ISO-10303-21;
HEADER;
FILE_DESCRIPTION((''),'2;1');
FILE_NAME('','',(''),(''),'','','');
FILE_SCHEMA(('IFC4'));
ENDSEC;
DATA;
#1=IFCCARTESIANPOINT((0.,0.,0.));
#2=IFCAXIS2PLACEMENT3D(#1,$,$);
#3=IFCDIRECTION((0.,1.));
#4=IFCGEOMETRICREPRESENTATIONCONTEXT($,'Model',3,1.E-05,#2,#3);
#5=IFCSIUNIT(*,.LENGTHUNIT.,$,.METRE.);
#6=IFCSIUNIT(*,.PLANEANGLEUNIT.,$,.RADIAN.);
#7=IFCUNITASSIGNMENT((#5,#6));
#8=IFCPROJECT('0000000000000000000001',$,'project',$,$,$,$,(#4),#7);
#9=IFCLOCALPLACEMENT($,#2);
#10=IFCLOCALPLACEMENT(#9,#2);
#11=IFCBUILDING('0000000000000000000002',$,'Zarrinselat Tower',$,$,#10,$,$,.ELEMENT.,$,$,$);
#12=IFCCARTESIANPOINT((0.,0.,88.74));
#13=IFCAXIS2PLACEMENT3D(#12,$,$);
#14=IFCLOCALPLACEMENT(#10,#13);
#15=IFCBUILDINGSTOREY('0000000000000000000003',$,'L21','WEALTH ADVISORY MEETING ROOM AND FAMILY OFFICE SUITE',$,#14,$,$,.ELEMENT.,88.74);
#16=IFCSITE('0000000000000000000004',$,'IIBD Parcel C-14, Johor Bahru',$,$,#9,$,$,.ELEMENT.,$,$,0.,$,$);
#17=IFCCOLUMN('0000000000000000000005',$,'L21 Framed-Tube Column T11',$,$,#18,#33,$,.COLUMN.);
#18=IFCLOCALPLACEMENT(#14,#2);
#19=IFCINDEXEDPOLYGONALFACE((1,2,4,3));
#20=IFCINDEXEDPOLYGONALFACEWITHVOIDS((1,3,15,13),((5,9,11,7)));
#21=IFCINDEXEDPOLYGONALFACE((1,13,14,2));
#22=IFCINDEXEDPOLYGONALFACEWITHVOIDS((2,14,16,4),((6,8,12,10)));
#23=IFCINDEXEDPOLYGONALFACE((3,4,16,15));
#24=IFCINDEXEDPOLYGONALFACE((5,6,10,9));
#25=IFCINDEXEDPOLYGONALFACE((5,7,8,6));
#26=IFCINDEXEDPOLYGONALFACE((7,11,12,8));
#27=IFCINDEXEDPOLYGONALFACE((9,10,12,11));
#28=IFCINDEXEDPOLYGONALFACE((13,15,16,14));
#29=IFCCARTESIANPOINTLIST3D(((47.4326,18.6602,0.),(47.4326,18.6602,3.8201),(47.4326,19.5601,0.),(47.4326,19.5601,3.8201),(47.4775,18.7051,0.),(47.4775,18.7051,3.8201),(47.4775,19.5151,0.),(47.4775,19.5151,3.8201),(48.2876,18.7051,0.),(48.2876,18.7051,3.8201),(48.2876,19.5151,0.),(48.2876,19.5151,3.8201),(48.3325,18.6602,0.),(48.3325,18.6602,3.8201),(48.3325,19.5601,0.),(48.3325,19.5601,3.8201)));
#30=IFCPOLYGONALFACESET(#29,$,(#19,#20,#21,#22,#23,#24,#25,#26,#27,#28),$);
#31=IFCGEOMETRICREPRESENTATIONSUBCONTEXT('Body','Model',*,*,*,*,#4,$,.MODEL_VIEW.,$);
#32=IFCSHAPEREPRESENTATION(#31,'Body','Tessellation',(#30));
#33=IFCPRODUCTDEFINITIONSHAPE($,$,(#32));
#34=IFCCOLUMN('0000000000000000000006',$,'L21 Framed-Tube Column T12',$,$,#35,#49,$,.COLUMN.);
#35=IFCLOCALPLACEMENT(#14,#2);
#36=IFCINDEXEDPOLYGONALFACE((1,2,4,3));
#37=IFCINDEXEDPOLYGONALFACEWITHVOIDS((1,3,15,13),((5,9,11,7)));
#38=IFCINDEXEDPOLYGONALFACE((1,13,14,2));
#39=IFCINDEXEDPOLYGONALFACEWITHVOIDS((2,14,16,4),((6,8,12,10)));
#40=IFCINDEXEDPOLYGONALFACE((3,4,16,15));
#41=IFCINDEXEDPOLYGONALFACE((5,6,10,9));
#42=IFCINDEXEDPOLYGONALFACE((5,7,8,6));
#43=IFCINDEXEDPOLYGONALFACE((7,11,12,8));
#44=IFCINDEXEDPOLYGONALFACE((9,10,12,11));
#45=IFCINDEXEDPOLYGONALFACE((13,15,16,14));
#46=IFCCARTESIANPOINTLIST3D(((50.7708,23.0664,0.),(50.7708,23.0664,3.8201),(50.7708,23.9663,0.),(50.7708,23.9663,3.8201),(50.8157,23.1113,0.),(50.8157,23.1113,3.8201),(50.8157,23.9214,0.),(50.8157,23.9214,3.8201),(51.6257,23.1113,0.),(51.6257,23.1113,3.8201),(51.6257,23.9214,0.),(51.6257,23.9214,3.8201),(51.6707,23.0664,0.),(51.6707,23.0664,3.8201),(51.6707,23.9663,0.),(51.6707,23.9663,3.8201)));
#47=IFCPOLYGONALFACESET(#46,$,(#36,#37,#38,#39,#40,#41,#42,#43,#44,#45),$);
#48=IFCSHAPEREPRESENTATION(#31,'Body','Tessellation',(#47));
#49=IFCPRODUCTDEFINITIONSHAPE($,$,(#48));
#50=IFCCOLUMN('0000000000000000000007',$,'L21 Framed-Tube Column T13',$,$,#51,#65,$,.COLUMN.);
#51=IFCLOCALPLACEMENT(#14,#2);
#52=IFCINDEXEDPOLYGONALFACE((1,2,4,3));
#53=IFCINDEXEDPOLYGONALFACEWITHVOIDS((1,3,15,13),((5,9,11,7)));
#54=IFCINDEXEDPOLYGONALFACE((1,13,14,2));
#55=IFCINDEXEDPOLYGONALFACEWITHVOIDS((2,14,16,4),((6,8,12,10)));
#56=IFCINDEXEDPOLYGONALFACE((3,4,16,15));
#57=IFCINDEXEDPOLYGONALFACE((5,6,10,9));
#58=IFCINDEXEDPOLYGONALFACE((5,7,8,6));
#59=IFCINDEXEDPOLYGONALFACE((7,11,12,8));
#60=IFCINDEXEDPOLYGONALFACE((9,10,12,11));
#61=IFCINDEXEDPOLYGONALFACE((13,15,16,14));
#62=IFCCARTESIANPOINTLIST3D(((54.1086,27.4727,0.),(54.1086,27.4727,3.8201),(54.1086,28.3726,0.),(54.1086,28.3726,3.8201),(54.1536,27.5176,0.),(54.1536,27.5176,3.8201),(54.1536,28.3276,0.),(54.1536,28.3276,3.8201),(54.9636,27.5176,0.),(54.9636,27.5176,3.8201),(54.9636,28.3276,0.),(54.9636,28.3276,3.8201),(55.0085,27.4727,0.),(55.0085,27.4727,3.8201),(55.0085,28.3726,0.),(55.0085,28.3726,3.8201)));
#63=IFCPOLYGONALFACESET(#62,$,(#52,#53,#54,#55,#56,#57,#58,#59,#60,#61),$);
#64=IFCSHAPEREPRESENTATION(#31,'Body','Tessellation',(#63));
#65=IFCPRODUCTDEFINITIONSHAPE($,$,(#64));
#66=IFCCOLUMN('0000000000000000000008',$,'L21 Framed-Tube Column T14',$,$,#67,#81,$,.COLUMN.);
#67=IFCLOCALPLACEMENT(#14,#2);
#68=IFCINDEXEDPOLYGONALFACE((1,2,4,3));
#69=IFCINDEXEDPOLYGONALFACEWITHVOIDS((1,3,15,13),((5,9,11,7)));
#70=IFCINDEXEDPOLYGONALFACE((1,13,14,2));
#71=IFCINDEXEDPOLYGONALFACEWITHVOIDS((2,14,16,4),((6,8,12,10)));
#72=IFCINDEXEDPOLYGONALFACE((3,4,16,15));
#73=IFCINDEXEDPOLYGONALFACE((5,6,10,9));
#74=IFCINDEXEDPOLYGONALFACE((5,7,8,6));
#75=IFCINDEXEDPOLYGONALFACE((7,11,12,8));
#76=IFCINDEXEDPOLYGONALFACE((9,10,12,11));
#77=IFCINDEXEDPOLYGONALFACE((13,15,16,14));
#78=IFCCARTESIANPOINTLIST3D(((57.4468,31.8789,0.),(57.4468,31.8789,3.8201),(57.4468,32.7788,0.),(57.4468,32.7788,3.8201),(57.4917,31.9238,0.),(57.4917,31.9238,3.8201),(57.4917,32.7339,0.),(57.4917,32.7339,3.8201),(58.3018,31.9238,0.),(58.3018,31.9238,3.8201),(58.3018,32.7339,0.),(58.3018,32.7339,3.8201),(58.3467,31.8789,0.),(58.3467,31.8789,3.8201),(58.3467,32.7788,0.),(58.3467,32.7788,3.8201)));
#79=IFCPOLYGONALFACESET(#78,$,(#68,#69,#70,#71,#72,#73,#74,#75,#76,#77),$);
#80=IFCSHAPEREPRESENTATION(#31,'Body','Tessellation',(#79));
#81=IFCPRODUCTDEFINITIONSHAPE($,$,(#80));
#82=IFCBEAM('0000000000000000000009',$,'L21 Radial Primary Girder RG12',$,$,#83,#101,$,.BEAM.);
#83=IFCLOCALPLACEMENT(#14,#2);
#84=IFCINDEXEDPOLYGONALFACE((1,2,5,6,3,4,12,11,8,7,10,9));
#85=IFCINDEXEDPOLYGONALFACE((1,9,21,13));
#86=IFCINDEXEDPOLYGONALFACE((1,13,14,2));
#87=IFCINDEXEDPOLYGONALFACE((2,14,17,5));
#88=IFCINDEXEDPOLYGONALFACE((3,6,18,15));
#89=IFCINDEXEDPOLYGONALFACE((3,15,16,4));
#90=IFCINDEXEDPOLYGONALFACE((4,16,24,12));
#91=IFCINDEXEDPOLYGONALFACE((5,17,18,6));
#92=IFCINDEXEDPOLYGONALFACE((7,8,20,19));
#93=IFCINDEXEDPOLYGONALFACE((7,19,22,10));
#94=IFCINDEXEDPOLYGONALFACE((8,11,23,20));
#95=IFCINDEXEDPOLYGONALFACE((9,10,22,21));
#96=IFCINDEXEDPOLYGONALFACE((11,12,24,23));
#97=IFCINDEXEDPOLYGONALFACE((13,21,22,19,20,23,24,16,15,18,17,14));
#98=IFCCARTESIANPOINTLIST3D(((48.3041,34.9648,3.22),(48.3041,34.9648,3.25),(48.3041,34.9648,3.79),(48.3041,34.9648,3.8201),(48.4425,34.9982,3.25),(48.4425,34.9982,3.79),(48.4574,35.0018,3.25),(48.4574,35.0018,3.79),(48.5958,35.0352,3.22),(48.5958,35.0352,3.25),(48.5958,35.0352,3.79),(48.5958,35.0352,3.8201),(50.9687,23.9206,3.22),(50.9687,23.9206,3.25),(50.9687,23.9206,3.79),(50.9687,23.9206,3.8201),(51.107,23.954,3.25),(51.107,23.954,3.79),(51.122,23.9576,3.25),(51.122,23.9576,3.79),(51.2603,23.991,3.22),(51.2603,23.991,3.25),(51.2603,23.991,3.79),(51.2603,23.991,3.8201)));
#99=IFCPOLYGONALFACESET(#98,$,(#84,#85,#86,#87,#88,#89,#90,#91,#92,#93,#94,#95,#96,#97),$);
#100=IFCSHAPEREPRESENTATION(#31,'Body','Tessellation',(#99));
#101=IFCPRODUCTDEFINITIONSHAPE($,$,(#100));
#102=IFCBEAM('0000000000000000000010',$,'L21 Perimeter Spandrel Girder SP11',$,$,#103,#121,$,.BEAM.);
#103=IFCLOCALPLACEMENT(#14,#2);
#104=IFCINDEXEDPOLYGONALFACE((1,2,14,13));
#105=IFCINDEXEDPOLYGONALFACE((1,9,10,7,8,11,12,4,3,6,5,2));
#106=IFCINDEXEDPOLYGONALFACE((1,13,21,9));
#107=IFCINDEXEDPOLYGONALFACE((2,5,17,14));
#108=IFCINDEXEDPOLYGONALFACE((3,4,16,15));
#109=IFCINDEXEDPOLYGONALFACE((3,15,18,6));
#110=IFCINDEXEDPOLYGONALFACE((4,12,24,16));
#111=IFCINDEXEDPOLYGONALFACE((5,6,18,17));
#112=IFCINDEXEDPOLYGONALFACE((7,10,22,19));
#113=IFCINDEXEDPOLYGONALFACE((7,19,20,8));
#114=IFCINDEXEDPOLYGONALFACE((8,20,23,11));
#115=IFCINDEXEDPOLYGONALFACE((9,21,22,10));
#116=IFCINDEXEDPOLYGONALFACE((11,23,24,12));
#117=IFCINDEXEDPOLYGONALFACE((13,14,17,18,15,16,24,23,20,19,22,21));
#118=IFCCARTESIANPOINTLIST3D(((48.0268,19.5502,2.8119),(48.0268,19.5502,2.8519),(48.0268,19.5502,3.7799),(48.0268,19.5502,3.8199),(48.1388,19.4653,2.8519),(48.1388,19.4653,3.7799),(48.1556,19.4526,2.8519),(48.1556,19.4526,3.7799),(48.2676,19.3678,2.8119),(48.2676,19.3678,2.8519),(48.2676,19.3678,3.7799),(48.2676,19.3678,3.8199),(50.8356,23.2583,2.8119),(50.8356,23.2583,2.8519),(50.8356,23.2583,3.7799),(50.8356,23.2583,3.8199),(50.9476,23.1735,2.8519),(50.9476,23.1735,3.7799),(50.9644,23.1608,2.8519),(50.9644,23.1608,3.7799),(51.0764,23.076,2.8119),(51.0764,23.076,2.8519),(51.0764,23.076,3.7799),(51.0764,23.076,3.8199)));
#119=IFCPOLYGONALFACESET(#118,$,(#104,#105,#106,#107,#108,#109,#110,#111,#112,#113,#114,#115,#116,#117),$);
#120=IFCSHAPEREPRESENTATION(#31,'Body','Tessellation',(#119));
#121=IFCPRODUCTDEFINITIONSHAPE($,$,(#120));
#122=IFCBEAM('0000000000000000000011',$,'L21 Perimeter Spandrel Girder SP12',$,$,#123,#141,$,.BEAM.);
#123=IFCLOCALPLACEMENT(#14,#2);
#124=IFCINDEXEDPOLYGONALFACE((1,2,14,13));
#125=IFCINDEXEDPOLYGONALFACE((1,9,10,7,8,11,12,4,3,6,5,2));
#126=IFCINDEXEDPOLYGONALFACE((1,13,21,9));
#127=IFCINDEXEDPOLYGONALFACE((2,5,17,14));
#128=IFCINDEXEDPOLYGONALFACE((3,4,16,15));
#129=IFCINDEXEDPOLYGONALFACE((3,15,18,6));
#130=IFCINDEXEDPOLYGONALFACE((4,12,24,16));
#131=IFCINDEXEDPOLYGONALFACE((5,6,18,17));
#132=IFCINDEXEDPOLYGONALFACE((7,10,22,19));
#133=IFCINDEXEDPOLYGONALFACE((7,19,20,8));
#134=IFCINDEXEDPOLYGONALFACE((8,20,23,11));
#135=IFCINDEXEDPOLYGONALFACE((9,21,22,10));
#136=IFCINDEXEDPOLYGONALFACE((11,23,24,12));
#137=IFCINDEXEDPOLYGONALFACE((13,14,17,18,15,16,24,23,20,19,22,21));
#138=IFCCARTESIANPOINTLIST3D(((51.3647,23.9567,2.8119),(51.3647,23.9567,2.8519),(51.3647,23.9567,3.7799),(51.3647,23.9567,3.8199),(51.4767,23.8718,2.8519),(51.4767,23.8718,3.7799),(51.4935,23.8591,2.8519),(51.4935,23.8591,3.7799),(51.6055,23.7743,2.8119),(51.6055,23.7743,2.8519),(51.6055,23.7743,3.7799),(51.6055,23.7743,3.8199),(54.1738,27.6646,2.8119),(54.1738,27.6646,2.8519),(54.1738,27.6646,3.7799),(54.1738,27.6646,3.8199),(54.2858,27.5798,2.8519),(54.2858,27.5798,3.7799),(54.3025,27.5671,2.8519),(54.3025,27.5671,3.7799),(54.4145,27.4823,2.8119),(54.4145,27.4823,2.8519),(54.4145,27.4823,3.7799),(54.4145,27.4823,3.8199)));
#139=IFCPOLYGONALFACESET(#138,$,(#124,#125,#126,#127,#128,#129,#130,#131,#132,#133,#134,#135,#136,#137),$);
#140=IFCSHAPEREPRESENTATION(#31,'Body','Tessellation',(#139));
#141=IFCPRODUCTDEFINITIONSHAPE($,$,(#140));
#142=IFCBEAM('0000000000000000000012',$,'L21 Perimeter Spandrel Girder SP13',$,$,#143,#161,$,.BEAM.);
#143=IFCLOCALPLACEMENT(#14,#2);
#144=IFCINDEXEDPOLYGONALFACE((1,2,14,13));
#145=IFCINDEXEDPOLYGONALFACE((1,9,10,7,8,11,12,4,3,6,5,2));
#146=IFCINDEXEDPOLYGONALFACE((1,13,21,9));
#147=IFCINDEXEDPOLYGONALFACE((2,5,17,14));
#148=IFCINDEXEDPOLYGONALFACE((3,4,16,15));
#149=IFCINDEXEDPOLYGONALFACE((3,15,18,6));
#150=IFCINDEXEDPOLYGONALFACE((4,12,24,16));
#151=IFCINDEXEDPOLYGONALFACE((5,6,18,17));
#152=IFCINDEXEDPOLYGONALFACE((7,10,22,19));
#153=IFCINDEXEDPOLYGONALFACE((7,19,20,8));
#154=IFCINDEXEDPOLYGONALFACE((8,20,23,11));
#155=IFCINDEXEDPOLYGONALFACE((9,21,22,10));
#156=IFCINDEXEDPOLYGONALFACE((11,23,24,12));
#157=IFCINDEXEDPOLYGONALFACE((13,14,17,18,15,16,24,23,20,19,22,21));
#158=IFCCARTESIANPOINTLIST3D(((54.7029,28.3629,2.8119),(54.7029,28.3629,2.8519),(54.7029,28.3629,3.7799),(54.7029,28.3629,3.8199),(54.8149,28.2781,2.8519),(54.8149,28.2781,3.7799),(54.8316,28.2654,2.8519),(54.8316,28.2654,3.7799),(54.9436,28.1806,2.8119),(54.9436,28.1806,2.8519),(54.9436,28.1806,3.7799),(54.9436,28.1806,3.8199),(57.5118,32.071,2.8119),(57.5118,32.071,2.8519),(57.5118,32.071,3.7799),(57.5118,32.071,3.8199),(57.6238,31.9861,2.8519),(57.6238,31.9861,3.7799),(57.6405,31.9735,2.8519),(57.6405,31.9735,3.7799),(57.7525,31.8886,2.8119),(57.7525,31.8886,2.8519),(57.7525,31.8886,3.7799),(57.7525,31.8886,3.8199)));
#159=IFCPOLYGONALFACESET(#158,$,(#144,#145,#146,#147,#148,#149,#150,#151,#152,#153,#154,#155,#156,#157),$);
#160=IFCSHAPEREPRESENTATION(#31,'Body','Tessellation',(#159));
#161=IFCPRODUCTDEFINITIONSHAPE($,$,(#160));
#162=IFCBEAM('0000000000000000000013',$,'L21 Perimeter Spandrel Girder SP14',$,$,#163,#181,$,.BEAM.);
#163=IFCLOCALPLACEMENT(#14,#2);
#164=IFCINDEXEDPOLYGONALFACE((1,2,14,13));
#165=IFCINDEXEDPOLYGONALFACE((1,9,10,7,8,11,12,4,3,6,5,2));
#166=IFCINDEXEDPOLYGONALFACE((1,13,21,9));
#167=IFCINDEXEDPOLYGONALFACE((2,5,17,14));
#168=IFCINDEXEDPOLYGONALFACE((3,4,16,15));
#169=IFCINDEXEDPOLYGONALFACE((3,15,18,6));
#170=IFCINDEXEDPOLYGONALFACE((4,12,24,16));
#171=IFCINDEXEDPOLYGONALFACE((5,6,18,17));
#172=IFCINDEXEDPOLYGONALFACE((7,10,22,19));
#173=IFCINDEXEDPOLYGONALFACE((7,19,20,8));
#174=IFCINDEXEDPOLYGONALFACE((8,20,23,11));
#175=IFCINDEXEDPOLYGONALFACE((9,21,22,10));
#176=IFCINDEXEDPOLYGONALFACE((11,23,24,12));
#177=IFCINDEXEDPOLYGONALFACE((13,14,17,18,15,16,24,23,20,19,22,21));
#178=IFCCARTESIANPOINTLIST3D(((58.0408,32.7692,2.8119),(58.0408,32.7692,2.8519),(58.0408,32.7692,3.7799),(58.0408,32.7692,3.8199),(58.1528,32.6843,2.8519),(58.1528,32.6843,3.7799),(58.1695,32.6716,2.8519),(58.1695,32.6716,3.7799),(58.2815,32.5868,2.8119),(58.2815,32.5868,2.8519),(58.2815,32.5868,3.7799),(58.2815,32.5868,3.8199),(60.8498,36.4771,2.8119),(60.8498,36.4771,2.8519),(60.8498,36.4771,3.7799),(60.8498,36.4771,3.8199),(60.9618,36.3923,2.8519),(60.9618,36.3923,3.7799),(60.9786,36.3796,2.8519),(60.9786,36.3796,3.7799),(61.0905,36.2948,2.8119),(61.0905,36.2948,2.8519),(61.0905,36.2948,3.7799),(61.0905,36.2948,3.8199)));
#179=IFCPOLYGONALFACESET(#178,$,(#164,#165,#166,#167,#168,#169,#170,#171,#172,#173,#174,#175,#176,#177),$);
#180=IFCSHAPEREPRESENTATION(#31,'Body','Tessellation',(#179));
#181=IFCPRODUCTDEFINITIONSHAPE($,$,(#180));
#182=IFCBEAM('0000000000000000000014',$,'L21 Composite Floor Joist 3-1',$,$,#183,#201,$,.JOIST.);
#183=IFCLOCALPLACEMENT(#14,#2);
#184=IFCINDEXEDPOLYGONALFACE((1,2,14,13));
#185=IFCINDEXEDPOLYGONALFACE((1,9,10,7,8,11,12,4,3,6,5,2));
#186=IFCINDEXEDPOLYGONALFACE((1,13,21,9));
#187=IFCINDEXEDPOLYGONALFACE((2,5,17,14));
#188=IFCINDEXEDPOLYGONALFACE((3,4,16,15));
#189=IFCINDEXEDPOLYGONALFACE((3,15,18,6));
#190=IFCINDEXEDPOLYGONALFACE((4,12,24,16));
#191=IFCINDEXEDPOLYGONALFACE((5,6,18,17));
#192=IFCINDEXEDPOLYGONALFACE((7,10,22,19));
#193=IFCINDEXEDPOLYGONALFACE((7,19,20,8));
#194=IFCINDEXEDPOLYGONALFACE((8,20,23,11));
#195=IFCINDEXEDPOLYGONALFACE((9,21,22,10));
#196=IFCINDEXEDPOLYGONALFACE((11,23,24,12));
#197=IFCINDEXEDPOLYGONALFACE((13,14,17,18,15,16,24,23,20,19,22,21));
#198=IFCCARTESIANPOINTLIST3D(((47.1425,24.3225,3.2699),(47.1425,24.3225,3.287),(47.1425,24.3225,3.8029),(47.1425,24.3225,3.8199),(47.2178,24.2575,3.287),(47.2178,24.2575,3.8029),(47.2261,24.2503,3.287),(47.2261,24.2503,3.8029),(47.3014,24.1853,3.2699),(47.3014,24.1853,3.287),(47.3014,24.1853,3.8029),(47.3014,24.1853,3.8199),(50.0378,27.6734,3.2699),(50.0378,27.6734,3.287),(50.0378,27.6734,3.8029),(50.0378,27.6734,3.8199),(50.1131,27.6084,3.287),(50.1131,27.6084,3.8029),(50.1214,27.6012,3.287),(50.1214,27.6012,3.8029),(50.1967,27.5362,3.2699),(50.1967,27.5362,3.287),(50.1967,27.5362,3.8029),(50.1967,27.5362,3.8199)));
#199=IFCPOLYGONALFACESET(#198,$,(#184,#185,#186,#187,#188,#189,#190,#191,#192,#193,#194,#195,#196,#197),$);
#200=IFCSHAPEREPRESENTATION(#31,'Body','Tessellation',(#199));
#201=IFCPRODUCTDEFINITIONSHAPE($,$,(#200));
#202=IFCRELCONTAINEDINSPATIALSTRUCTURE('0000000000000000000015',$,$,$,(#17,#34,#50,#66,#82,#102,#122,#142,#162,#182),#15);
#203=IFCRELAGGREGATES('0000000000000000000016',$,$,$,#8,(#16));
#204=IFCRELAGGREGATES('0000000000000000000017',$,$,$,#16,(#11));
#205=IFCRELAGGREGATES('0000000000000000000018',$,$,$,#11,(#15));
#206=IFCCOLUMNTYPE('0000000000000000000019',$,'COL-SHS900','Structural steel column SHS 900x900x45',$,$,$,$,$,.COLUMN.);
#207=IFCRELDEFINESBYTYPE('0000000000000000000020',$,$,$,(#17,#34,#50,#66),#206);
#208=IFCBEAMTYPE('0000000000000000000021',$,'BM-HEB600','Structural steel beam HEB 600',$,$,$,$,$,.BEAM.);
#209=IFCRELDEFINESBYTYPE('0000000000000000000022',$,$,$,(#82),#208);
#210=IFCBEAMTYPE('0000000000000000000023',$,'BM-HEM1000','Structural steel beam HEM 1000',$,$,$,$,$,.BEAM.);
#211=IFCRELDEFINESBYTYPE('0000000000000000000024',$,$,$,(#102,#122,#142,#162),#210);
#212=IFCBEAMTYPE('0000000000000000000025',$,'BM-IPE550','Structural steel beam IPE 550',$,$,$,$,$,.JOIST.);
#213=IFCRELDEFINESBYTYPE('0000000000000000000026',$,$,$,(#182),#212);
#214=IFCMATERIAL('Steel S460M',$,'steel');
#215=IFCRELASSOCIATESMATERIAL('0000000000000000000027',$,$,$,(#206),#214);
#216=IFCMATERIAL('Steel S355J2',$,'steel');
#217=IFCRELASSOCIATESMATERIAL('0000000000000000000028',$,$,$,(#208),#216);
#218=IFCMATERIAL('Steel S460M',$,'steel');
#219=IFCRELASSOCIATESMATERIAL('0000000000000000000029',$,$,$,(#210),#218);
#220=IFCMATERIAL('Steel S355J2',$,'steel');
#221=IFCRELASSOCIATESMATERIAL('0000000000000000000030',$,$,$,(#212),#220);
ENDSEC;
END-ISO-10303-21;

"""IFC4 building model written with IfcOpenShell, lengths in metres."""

from ifc_helpers import new_model, si_unit, direction, frame, origin, origin_2d, place, context, subcontext, project, spatial, hollow_rectangle, i_section, extrude, material, material_profile, profile_set, type_object, element, save


model = new_model("IFC4")

# Units and contexts
model_context = context("Model", 3, precision=1e-05, world=origin(), true_north=direction((0.0, 1.0)))
body_context = subcontext(model_context, "Body", "Model", "MODEL_VIEW")
ifc_project = project(units=[si_unit("LENGTHUNIT", "METRE"), si_unit("PLANEANGLEUNIT", "RADIAN")], contexts=[model_context])

# Site, building, storey
site_placement = place(None, origin())
site = spatial("IfcSite", under=ifc_project, at=site_placement, Name="IIBD Parcel C-14, Johor Bahru", CompositionType="ELEMENT", RefElevation=0.0)
building_placement = place(site_placement, origin())
building = spatial("IfcBuilding", under=site, at=building_placement, Name="Zarrinselat Tower", CompositionType="ELEMENT")
storey_placement = place(building_placement, frame((0.0, 0.0, 88.74)))
storey = spatial("IfcBuildingStorey", under=building, at=storey_placement, Name="L21", Description="WEALTH ADVISORY MEETING ROOM AND FAMILY OFFICE SUITE", CompositionType="ELEMENT", Elevation=88.74)

# Columns
ifc_material_1 = material(Name="Steel S460M", Category="steel")
ifc_material_profile_1 = material_profile(ifc_material_1, hollow_rectangle(XDim=0.8999, YDim=0.8999, WallThickness=0.0449, at=origin_2d()), Name="SHS 900x900x45")
ifc_profile_set_1 = profile_set([ifc_material_profile_1], Name="Steel S460M")
column_type = type_object("IfcColumnType", Name="COL-SHS900", Description="Structural steel column SHS 900x900x45", PredefinedType="COLUMN", material=ifc_profile_set_1)
for number, where, z_axis, x_axis, name in (
    (1, (47.8826, 19.1101, 0.0), (0.0, 0.0, 1.0), (1.0, 0.0, 0.0), "L21 Framed-Tube Column T11"),
    (2, (51.2207, 23.5164, 0.0), (0.0, 0.0, 1.0), (1.0, 0.0, 0.0), "L21 Framed-Tube Column T12"),
    (3, (54.5586, 27.9226, 0.0), (0.0, 0.0, 1.0), (1.0, 0.0, 0.0), "L21 Framed-Tube Column T13"),
    (4, (57.8967, 32.3289, 0.0), (0.0, 0.0, 1.0), (1.0, 0.0, 0.0), "L21 Framed-Tube Column T14"),
):
    element("IfcColumn", number, at=place(storey_placement, frame(where, z_axis=z_axis, x_axis=x_axis)), inside=storey, type_object=column_type, Name=name, PredefinedType="COLUMN", context=body_context, shape_type="SweptSolid", body=[
        extrude(hollow_rectangle(XDim=0.8999, YDim=0.8999, WallThickness=0.0449, at=origin_2d()), origin(), (0.0, 0.0, 1.0), 3.8201),
    ])

# Beams
ifc_material_2 = material(Name="Steel S355J2", Category="steel")
ifc_material_profile_2 = material_profile(ifc_material_2, i_section(OverallWidth=0.3, OverallDepth=0.6001, WebThickness=0.0154, FlangeThickness=0.03, at=origin_2d()), Name="HEB 600")
ifc_profile_set_2 = profile_set([ifc_material_profile_2], Name="Steel S355J2")
beam_type_1 = type_object("IfcBeamType", Name="BM-HEB600", Description="Structural steel beam HEB 600", PredefinedType="BEAM", material=ifc_profile_set_2)
beam_1_placement = place(storey_placement, frame((48.45, 35.0, 3.52), z_axis=(0.234533, -0.972108, 0.0), x_axis=(0.972108, 0.234533, 0.0)))
element("IfcBeam", 5, at=beam_1_placement, inside=storey, type_object=beam_type_1, Name="L21 Radial Primary Girder RG12", PredefinedType="BEAM", context=body_context, shape_type="SweptSolid", body=[
    extrude(i_section(OverallWidth=0.3, OverallDepth=0.6001, WebThickness=0.0154, FlangeThickness=0.03, at=origin_2d()), origin(), (0.0, 0.0, 1.0), 11.3611),
])
ifc_material_3 = material(Name="Steel S460M", Category="steel")
ifc_material_profile_3 = material_profile(ifc_material_3, i_section(OverallWidth=0.302, OverallDepth=1.0081, WebThickness=0.021, FlangeThickness=0.04, at=origin_2d()), Name="HEM 1000")
ifc_profile_set_3 = profile_set([ifc_material_profile_3], Name="Steel S460M")
beam_type_2 = type_object("IfcBeamType", Name="BM-HEM1000", Description="Structural steel beam HEM 1000", PredefinedType="BEAM", material=ifc_profile_set_3)
for number, where, z_axis, x_axis, name in (
    (6, (48.1472, 19.459, 3.3159), (0.603797, 0.797138, 0.0), (-0.797138, 0.603797, 0.0), "L21 Perimeter Spandrel Girder SP11"),
    (7, (51.4851, 23.8655, 3.3159), (0.603856, 0.797094, 0.0), (-0.797094, 0.603856, 0.0), "L21 Perimeter Spandrel Girder SP12"),
    (8, (54.8232, 28.2717, 3.3159), (0.603822, 0.797119, 0.0), (-0.797119, 0.603822, 0.0), "L21 Perimeter Spandrel Girder SP13"),
    (9, (58.1611, 32.678, 3.3159), (0.603856, 0.797094, 0.0), (-0.797094, 0.603856, 0.0), "L21 Perimeter Spandrel Girder SP14"),
):
    element("IfcBeam", number, at=place(storey_placement, frame(where, z_axis=z_axis, x_axis=x_axis)), inside=storey, type_object=beam_type_2, Name=name, PredefinedType="BEAM", context=body_context, shape_type="SweptSolid", body=[
        extrude(i_section(OverallWidth=0.302, OverallDepth=1.0081, WebThickness=0.021, FlangeThickness=0.04, at=origin_2d()), origin(), (0.0, 0.0, 1.0), 4.6519),
    ])
ifc_material_4 = material(Name="Steel S355J2", Category="steel")
ifc_material_profile_4 = material_profile(ifc_material_4, i_section(OverallWidth=0.21, OverallDepth=0.55, WebThickness=0.011, FlangeThickness=0.0171, at=origin_2d()), Name="IPE 550")
ifc_profile_set_4 = profile_set([ifc_material_profile_4], Name="Steel S355J2")
beam_type_3 = type_object("IfcBeamType", Name="BM-IPE550", Description="Structural steel beam IPE 550", PredefinedType="JOIST", material=ifc_profile_set_4)
beam_2_placement = place(storey_placement, frame((47.2219, 24.2539, 3.5449), z_axis=(0.653796, 0.756671, 0.0), x_axis=(-0.756671, 0.653796, 0.0)))
element("IfcBeam", 10, at=beam_2_placement, inside=storey, type_object=beam_type_3, Name="L21 Composite Floor Joist 3-1", PredefinedType="JOIST", context=body_context, shape_type="SweptSolid", body=[
    extrude(i_section(OverallWidth=0.21, OverallDepth=0.55, WebThickness=0.011, FlangeThickness=0.0171, at=origin_2d()), origin(), (0.0, 0.0, 1.0), 4.4285),
])

save(model, "model.ifc")
